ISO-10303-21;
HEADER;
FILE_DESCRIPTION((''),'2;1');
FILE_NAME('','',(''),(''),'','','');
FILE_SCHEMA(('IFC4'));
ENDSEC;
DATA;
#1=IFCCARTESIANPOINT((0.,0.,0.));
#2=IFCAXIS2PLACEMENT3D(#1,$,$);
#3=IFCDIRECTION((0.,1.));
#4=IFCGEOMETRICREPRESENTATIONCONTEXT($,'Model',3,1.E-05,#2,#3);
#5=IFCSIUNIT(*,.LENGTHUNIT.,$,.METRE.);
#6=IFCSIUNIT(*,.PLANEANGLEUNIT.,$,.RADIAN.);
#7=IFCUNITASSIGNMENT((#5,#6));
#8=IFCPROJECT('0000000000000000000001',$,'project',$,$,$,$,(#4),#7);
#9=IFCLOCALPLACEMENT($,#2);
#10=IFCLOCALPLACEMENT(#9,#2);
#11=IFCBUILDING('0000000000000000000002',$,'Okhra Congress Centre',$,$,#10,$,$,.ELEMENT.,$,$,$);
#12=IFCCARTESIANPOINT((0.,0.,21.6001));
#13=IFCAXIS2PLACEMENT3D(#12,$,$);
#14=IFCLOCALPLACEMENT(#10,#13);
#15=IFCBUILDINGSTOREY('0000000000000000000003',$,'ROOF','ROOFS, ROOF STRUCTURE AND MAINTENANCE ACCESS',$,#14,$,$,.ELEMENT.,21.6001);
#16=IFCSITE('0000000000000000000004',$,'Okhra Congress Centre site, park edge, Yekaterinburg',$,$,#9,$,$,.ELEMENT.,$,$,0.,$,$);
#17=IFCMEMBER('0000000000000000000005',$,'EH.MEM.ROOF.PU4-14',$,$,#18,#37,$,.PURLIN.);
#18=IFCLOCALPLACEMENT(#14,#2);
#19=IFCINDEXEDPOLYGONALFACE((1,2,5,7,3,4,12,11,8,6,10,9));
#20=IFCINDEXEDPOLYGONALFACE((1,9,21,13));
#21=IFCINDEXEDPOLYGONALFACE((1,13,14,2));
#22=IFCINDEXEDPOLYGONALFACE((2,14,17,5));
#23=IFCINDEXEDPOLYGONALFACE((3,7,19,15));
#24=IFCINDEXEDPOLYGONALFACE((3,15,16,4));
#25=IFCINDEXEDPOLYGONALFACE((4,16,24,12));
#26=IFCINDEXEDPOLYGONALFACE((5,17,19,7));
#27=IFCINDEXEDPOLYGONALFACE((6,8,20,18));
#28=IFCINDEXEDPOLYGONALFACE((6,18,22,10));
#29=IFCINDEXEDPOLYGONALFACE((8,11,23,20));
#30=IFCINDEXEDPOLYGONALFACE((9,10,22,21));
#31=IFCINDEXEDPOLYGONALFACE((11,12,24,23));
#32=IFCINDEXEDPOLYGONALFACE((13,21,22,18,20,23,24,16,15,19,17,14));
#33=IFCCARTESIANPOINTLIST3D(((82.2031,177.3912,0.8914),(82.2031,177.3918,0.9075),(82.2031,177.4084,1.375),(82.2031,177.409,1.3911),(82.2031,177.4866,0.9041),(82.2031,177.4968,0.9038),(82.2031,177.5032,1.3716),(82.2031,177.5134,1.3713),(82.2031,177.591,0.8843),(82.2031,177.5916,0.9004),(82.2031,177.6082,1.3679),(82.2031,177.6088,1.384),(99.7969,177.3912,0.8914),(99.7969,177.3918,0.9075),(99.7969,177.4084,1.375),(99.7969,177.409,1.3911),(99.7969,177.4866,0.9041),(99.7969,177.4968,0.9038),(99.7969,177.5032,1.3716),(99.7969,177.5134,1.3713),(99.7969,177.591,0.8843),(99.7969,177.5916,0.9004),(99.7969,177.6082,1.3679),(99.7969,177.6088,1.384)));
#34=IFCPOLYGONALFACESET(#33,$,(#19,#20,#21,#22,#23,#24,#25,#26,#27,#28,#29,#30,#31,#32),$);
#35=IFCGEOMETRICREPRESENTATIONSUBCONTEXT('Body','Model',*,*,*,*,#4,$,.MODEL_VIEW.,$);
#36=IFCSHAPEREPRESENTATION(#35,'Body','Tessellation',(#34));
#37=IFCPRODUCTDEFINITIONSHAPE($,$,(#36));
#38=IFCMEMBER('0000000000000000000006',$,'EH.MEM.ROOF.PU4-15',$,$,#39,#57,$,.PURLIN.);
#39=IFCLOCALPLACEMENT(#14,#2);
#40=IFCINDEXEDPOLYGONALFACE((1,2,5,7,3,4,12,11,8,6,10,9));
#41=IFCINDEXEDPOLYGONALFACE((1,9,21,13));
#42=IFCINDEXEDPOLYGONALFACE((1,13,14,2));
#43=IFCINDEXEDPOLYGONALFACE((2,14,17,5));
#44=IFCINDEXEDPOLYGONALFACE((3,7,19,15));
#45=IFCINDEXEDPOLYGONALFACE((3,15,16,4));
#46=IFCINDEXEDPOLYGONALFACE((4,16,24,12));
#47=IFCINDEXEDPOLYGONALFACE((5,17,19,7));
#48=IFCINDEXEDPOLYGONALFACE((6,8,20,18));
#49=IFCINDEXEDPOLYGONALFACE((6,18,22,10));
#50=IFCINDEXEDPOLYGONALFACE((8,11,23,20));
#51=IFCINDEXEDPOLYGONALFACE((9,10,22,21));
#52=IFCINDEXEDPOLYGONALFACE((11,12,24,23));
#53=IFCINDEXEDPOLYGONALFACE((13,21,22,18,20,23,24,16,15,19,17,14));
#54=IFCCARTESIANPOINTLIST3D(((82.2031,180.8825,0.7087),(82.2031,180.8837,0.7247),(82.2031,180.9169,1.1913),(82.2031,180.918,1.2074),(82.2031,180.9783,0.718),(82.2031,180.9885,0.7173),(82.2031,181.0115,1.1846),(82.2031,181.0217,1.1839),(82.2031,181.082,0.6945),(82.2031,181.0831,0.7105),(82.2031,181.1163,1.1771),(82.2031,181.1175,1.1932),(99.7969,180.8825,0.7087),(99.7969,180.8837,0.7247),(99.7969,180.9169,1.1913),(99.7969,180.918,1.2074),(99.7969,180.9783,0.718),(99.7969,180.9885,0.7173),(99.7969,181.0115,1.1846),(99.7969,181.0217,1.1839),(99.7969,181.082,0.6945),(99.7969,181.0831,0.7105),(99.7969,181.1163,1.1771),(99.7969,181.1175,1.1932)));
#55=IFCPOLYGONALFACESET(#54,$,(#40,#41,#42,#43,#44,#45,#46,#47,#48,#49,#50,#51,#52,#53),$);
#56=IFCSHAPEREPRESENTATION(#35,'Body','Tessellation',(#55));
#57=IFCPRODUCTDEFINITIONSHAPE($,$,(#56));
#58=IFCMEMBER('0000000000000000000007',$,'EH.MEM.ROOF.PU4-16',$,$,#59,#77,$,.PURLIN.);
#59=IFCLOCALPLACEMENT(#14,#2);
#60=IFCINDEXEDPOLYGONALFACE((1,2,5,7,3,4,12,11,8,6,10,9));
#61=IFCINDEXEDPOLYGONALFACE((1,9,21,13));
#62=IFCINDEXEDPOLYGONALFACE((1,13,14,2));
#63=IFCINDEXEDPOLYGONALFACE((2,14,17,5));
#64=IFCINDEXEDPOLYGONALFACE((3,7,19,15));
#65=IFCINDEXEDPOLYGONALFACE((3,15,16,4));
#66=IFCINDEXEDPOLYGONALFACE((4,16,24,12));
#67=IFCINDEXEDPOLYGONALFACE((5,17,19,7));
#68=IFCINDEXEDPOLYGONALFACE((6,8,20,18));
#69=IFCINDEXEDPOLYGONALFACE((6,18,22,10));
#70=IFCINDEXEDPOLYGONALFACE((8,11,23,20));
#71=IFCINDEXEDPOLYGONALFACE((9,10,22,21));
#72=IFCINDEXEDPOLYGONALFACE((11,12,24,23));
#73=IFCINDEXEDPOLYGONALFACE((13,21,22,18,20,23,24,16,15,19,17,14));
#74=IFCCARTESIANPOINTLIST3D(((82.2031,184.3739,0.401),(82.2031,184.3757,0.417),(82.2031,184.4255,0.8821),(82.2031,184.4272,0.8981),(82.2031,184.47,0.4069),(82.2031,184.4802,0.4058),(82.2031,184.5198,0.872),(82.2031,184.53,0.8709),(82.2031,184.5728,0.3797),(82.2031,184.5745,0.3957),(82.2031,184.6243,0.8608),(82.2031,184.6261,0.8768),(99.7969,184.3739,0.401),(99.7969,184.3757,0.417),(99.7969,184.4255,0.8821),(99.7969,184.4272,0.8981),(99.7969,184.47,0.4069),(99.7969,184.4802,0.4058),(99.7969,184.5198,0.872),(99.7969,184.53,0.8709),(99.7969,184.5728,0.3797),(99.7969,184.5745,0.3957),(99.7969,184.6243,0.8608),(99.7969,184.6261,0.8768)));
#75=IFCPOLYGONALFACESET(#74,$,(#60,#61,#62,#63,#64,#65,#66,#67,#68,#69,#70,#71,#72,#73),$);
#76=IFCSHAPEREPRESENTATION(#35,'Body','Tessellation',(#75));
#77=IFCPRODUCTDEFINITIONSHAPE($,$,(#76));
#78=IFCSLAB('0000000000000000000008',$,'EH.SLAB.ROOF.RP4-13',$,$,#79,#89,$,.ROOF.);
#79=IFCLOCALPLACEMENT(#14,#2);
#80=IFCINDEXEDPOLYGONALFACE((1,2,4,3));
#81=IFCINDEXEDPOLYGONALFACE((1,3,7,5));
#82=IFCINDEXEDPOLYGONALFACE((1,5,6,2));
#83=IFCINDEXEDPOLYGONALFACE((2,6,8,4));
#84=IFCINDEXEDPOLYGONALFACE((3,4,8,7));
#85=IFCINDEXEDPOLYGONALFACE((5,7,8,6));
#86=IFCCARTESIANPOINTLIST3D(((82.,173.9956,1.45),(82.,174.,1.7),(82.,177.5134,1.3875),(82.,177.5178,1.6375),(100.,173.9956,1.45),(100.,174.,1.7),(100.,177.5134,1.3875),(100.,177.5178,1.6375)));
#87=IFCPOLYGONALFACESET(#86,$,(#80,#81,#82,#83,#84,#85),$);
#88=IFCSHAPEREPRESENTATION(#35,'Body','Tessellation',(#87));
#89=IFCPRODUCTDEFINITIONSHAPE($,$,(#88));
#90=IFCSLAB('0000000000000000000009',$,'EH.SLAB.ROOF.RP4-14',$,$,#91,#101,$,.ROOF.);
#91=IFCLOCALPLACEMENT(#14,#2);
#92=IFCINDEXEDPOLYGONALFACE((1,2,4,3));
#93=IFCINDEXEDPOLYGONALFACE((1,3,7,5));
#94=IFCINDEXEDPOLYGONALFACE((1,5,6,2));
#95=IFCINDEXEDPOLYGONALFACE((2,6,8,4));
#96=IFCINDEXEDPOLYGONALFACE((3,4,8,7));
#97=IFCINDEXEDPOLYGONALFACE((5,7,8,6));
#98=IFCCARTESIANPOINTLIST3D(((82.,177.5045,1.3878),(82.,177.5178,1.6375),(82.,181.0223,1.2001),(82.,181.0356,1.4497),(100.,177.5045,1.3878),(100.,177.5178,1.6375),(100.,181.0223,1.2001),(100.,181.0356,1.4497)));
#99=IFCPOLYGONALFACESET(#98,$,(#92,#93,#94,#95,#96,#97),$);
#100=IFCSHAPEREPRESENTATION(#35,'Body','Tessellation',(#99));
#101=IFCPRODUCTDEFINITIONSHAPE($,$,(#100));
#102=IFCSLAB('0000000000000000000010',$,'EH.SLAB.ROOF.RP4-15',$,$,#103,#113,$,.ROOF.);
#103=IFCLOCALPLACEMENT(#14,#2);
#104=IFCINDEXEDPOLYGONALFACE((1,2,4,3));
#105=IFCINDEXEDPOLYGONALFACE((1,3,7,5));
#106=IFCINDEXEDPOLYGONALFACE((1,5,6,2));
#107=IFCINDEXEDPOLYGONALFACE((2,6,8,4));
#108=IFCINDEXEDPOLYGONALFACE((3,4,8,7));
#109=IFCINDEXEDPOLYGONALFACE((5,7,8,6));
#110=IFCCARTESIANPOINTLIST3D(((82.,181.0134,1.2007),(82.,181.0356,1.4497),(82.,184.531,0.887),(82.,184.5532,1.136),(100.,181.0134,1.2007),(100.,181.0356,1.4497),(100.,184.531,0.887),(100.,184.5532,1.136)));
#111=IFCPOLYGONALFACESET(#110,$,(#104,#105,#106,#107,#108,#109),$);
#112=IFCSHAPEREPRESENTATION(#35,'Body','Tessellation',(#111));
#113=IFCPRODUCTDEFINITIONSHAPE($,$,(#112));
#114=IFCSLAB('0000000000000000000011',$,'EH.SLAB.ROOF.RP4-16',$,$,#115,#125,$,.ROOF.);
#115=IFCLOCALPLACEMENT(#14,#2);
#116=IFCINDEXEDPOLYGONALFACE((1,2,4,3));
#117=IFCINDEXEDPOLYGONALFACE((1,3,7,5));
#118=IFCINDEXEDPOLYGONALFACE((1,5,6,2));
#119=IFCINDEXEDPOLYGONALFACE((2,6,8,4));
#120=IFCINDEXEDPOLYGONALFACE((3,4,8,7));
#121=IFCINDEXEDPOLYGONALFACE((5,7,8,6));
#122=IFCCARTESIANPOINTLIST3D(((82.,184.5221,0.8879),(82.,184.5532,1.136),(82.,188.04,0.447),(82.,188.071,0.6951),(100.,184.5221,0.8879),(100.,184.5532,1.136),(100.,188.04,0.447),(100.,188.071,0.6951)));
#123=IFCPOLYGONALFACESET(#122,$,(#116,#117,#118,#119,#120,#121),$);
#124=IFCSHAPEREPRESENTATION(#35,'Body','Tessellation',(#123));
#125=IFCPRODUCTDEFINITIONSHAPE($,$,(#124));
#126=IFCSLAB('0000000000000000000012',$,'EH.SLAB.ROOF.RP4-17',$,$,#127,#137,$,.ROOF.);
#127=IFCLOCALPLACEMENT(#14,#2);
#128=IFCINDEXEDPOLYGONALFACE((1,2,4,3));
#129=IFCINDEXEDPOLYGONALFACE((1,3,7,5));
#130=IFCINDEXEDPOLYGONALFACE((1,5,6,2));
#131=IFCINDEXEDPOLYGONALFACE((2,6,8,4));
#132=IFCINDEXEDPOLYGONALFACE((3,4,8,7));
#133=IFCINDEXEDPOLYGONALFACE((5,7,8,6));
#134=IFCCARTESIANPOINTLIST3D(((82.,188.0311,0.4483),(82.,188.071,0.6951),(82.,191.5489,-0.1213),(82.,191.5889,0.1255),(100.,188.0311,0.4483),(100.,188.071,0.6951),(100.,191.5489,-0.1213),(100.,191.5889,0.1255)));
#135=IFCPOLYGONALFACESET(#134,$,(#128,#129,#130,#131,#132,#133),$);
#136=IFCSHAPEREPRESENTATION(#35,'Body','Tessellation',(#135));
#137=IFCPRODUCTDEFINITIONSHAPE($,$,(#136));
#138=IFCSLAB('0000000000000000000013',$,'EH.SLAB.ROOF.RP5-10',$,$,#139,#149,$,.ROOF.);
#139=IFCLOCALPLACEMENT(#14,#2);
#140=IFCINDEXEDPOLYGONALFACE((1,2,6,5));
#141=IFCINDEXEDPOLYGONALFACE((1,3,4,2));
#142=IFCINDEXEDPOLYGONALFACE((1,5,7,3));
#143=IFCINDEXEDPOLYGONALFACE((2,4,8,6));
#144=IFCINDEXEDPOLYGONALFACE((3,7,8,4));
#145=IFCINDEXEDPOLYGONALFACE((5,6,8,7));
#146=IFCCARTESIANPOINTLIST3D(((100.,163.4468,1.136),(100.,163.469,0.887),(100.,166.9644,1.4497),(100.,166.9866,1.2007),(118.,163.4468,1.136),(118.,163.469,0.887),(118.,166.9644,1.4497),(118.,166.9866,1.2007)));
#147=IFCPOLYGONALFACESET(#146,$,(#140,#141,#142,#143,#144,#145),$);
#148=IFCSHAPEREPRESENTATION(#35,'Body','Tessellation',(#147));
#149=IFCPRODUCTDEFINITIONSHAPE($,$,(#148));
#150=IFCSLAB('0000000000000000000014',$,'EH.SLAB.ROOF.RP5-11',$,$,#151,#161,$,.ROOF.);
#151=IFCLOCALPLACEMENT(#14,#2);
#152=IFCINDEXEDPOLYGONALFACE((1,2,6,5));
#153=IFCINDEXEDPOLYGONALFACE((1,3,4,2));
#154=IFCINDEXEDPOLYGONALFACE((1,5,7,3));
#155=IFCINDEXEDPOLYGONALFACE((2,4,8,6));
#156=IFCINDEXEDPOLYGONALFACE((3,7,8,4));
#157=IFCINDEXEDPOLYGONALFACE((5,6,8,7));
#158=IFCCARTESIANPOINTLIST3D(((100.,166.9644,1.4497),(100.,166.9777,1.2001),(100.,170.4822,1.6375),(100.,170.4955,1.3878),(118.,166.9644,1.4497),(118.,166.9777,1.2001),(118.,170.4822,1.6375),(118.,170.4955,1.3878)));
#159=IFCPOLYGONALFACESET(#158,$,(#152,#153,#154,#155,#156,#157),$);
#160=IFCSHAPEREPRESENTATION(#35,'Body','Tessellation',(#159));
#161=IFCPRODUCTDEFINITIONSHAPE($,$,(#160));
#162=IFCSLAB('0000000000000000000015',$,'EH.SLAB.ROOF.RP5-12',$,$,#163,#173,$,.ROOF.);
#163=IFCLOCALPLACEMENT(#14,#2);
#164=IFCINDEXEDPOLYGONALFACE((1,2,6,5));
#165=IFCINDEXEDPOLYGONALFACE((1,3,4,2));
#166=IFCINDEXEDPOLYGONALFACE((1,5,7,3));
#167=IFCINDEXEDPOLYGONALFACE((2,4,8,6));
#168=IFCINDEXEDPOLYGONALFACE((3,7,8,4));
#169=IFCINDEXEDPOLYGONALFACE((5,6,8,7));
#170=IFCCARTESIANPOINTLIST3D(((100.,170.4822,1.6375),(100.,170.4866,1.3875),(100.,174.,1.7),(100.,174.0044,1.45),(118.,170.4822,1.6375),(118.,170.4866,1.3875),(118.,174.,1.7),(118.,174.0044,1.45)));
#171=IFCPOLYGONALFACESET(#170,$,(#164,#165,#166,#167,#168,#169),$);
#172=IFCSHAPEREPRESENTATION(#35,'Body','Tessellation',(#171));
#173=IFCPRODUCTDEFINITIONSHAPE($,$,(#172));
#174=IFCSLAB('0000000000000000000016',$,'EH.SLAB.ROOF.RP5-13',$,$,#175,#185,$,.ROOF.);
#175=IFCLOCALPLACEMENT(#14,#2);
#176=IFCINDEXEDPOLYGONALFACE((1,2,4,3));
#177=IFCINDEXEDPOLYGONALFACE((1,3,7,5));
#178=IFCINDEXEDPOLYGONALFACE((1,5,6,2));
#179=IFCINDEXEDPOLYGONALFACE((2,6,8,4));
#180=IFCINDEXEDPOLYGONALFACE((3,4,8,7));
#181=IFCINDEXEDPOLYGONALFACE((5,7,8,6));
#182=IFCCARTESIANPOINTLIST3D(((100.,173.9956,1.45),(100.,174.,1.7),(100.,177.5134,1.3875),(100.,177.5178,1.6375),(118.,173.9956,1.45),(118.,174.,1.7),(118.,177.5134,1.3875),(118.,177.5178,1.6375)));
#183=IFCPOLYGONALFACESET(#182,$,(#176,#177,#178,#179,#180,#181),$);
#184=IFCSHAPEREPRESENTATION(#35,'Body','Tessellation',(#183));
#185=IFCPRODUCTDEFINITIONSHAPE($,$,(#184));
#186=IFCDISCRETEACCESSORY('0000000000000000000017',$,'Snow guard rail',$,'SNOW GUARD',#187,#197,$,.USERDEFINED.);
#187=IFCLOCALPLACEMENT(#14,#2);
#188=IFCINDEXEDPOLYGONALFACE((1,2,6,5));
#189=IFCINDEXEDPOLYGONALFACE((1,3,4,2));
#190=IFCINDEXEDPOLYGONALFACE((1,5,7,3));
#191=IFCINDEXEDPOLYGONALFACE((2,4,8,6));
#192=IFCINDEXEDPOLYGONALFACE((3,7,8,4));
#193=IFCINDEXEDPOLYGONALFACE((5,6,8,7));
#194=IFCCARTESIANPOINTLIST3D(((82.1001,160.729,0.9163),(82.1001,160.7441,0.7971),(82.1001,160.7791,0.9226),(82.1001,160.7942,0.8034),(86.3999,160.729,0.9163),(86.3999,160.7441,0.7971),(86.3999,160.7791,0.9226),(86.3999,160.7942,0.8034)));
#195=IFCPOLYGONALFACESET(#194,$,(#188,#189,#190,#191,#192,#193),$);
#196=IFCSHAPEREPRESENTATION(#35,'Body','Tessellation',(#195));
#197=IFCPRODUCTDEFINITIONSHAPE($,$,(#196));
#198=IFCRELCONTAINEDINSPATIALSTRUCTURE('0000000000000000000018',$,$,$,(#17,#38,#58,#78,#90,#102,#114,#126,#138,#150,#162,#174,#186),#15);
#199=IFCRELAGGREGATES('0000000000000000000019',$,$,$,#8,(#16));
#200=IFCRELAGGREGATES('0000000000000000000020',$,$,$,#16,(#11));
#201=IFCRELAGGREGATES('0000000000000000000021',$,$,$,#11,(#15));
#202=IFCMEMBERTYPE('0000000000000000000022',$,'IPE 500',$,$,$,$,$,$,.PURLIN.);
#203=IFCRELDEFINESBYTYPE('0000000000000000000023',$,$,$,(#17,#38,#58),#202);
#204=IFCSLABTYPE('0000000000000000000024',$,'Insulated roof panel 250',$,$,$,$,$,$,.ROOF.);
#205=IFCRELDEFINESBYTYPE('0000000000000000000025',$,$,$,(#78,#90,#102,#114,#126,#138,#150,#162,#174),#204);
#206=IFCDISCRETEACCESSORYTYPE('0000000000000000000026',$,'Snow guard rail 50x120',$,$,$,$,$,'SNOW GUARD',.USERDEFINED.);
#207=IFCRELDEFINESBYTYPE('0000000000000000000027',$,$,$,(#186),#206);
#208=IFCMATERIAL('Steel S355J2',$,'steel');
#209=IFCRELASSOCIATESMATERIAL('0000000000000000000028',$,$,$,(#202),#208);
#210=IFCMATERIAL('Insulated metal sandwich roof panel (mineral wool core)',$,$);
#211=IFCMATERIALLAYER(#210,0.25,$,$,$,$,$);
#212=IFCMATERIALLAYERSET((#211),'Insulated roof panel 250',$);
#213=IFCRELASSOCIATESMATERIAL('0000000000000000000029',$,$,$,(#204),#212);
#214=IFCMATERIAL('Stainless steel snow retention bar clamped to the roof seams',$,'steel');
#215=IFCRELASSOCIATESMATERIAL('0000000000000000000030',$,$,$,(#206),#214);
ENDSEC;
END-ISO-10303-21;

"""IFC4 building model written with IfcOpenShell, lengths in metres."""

from ifc_helpers import new_model, si_unit, direction, frame, origin, origin_2d, place, context, subcontext, project, spatial, polyline, i_section, outline, extrude, material, layer, layer_set, material_profile, profile_set, type_object, element, save


model = new_model("IFC4")

# Units and contexts
model_context = context("Model", 3, precision=1e-05, world=origin(), true_north=direction((0.0, 1.0)))
body_context = subcontext(model_context, "Body", "Model", "MODEL_VIEW")
ifc_project = project(units=[si_unit("LENGTHUNIT", "METRE"), si_unit("PLANEANGLEUNIT", "RADIAN")], contexts=[model_context])

# Site, building, storey
site_placement = place(None, origin())
site = spatial("IfcSite", under=ifc_project, at=site_placement, Name="Okhra Congress Centre site, park edge, Yekaterinburg", CompositionType="ELEMENT", RefElevation=0.0)
building_placement = place(site_placement, origin())
building = spatial("IfcBuilding", under=site, at=building_placement, Name="Okhra Congress Centre", CompositionType="ELEMENT")
storey_placement = place(building_placement, frame((0.0, 0.0, 21.6001)))
storey = spatial("IfcBuildingStorey", under=building, at=storey_placement, Name="ROOF", Description="ROOFS, ROOF STRUCTURE AND MAINTENANCE ACCESS", CompositionType="ELEMENT", Elevation=21.6001)

# Members
ifc_material_1 = material(Name="Steel S355J2", Category="steel")
ifc_material_profile_1 = material_profile(ifc_material_1, i_section(OverallWidth=0.2, OverallDepth=0.5, WebThickness=0.0103, FlangeThickness=0.0161, at=origin_2d()), Name="IPE 500")
ifc_profile_set_1 = profile_set([ifc_material_profile_1], Name="Steel S355J2")
member_type_1 = type_object("IfcMemberType", Name="IPE 500", PredefinedType="PURLIN", material=ifc_profile_set_1)
for number, where, z_axis, x_axis, name in (
    (1, (82.2031, 177.5, 1.1377), (1.0, 0.0, 0.0), (0.0, 0.999368, -0.035533), "EH.MEM.ROOF.PU4-14"),
    (2, (82.2031, 181.0, 0.9509), (1.0, 0.0, 0.0), (0.0, 0.997472, -0.071067), "EH.MEM.ROOF.PU4-15"),
    (3, (82.2031, 184.5, 0.6389), (1.0, 0.0, 0.0), (0.0, 0.994302, -0.106601), "EH.MEM.ROOF.PU4-16"),
):
    element("IfcMember", number, at=place(storey_placement, frame(where, z_axis=z_axis, x_axis=x_axis)), inside=storey, type_object=member_type_1, Name=name, PredefinedType="PURLIN", context=body_context, shape_type="SweptSolid", body=[
        extrude(i_section(OverallWidth=0.2, OverallDepth=0.5, WebThickness=0.0103, FlangeThickness=0.0161, at=origin_2d()), origin(), (0.0, 0.0, 1.0), 17.5938),
    ])

# Slabs
ifc_material_2 = material(Name="Insulated metal sandwich roof panel (mineral wool core)")
ifc_layer = layer(ifc_material_2, 0.25)
ifc_layer_set = layer_set([ifc_layer], Name="Insulated roof panel 250")
slab_type = type_object("IfcSlabType", Name="Insulated roof panel 250", PredefinedType="ROOF", material=ifc_layer_set)
slab_1_placement = place(storey_placement, frame((82.0, 174.0, 1.7), z_axis=(0.0, 0.017764, 0.999842), x_axis=(1.0, 0.0, 0.0)))
element("IfcSlab", 4, at=slab_1_placement, inside=storey, type_object=slab_type, Name="EH.SLAB.ROOF.RP4-13", PredefinedType="ROOF", context=body_context, shape_type="SweptSolid", body=[
    extrude(outline(polyline([(0.0, 0.0), (18.0, 0.0), (18.0, 3.5184), (0.0, 3.5184), (0.0, 0.0)])), origin(), (0.0, 0.0, -1.0), 0.25),
])
slab_2_placement = place(storey_placement, frame((82.0, 177.5178, 1.6375), z_axis=(0.0, 0.053294, 0.998579), x_axis=(1.0, 0.0, 0.0)))
element("IfcSlab", 5, at=slab_2_placement, inside=storey, type_object=slab_type, Name="EH.SLAB.ROOF.RP4-14", PredefinedType="ROOF", context=body_context, shape_type="SweptSolid", body=[
    extrude(outline(polyline([(0.0, 0.0), (18.0, 0.0), (18.0, 3.5228), (0.0, 3.5228), (0.0, 0.0)])), origin(), (0.0, 0.0, -1.0), 0.25),
])
slab_3_placement = place(storey_placement, frame((82.0, 181.0356, 1.4497), z_axis=(0.0, 0.088834, 0.996046), x_axis=(1.0, 0.0, 0.0)))
element("IfcSlab", 6, at=slab_3_placement, inside=storey, type_object=slab_type, Name="EH.SLAB.ROOF.RP4-15", PredefinedType="ROOF", context=body_context, shape_type="SweptSolid", body=[
    extrude(outline(polyline([(0.0, 0.0), (18.0, 0.0), (18.0, 3.5315), (0.0, 3.5315), (0.0, 0.0)])), origin(), (0.0, 0.0, -1.0), 0.25),
])
slab_4_placement = place(storey_placement, frame((82.0, 184.5532, 1.136), z_axis=(0.0, 0.124365, 0.992237), x_axis=(1.0, 0.0, 0.0)))
element("IfcSlab", 7, at=slab_4_placement, inside=storey, type_object=slab_type, Name="EH.SLAB.ROOF.RP4-16", PredefinedType="ROOF", context=body_context, shape_type="SweptSolid", body=[
    extrude(outline(polyline([(0.0, 0.0), (18.0, 0.0), (18.0, 3.5453), (0.0, 3.5453), (0.0, 0.0)])), origin(), (0.0, 0.0, -1.0), 0.25),
])
slab_5_placement = place(storey_placement, frame((82.0, 188.071, 0.6951), z_axis=(0.0, 0.159831, 0.987144), x_axis=(1.0, 0.0, 0.0)))
element("IfcSlab", 8, at=slab_5_placement, inside=storey, type_object=slab_type, Name="EH.SLAB.ROOF.RP4-17", PredefinedType="ROOF", context=body_context, shape_type="SweptSolid", body=[
    extrude(outline(polyline([(0.0, 0.0), (18.0, 0.0), (18.0, 3.5636), (0.0, 3.5636), (0.0, 0.0)])), origin(), (0.0, 0.0, -1.0), 0.25),
])
slab_6_placement = place(storey_placement, frame((100.0, 163.4468, 1.136), z_axis=(0.0, -0.088834, 0.996046), x_axis=(1.0, 0.0, 0.0)))
element("IfcSlab", 9, at=slab_6_placement, inside=storey, type_object=slab_type, Name="EH.SLAB.ROOF.RP5-10", PredefinedType="ROOF", context=body_context, shape_type="SweptSolid", body=[
    extrude(outline(polyline([(0.0, 0.0), (18.0, 0.0), (18.0, 3.5315), (0.0, 3.5315), (0.0, 0.0)])), origin(), (0.0, 0.0, -1.0), 0.25),
])
slab_7_placement = place(storey_placement, frame((100.0, 166.9644, 1.4497), z_axis=(0.0, -0.053294, 0.998579), x_axis=(1.0, 0.0, 0.0)))
element("IfcSlab", 10, at=slab_7_placement, inside=storey, type_object=slab_type, Name="EH.SLAB.ROOF.RP5-11", PredefinedType="ROOF", context=body_context, shape_type="SweptSolid", body=[
    extrude(outline(polyline([(0.0, 0.0), (18.0, 0.0), (18.0, 3.5228), (0.0, 3.5228), (0.0, 0.0)])), origin(), (0.0, 0.0, -1.0), 0.25),
])
for number, where, z_axis, x_axis, name in (
    (11, (100.0, 170.4822, 1.6375), (0.0, -0.017764, 0.999842), (1.0, 0.0, 0.0), "EH.SLAB.ROOF.RP5-12"),
    (12, (100.0, 174.0, 1.7), (0.0, 0.017764, 0.999842), (1.0, 0.0, 0.0), "EH.SLAB.ROOF.RP5-13"),
):
    element("IfcSlab", number, at=place(storey_placement, frame(where, z_axis=z_axis, x_axis=x_axis)), inside=storey, type_object=slab_type, Name=name, PredefinedType="ROOF", context=body_context, shape_type="SweptSolid", body=[
        extrude(outline(polyline([(0.0, 0.0), (18.0, 0.0), (18.0, 3.5184), (0.0, 3.5184), (0.0, 0.0)])), origin(), (0.0, 0.0, -1.0), 0.25),
    ])

# Discrete accessory
ifc_material_3 = material(Name="Stainless steel snow retention bar clamped to the roof seams", Category="steel")
discrete_accessory_type = type_object("IfcDiscreteAccessoryType", Name="Snow guard rail 50x120", ElementType="SNOW GUARD", PredefinedType="USERDEFINED", material=ifc_material_3)
for number, where, z_axis, x_axis, name in (
    (13, (82.1001, 160.729, 0.9163), (0.0, -0.125821, 0.992053), (1.0, 0.0, 0.0), "Snow guard rail"),
):
    element("IfcDiscreteAccessory", number, at=place(storey_placement, frame(where, z_axis=z_axis, x_axis=x_axis)), inside=storey, type_object=discrete_accessory_type, Name=name, ObjectType="SNOW GUARD", PredefinedType="USERDEFINED", context=body_context, shape_type="SweptSolid", body=[
        extrude(outline(polyline([(0.0, 0.0), (4.2998, 0.0), (4.2998, 0.0504), (0.0, 0.0504), (0.0, 0.0)])), origin(), (0.0, 0.0, -1.0), 0.1201),
    ])

save(model, "model.ifc")
